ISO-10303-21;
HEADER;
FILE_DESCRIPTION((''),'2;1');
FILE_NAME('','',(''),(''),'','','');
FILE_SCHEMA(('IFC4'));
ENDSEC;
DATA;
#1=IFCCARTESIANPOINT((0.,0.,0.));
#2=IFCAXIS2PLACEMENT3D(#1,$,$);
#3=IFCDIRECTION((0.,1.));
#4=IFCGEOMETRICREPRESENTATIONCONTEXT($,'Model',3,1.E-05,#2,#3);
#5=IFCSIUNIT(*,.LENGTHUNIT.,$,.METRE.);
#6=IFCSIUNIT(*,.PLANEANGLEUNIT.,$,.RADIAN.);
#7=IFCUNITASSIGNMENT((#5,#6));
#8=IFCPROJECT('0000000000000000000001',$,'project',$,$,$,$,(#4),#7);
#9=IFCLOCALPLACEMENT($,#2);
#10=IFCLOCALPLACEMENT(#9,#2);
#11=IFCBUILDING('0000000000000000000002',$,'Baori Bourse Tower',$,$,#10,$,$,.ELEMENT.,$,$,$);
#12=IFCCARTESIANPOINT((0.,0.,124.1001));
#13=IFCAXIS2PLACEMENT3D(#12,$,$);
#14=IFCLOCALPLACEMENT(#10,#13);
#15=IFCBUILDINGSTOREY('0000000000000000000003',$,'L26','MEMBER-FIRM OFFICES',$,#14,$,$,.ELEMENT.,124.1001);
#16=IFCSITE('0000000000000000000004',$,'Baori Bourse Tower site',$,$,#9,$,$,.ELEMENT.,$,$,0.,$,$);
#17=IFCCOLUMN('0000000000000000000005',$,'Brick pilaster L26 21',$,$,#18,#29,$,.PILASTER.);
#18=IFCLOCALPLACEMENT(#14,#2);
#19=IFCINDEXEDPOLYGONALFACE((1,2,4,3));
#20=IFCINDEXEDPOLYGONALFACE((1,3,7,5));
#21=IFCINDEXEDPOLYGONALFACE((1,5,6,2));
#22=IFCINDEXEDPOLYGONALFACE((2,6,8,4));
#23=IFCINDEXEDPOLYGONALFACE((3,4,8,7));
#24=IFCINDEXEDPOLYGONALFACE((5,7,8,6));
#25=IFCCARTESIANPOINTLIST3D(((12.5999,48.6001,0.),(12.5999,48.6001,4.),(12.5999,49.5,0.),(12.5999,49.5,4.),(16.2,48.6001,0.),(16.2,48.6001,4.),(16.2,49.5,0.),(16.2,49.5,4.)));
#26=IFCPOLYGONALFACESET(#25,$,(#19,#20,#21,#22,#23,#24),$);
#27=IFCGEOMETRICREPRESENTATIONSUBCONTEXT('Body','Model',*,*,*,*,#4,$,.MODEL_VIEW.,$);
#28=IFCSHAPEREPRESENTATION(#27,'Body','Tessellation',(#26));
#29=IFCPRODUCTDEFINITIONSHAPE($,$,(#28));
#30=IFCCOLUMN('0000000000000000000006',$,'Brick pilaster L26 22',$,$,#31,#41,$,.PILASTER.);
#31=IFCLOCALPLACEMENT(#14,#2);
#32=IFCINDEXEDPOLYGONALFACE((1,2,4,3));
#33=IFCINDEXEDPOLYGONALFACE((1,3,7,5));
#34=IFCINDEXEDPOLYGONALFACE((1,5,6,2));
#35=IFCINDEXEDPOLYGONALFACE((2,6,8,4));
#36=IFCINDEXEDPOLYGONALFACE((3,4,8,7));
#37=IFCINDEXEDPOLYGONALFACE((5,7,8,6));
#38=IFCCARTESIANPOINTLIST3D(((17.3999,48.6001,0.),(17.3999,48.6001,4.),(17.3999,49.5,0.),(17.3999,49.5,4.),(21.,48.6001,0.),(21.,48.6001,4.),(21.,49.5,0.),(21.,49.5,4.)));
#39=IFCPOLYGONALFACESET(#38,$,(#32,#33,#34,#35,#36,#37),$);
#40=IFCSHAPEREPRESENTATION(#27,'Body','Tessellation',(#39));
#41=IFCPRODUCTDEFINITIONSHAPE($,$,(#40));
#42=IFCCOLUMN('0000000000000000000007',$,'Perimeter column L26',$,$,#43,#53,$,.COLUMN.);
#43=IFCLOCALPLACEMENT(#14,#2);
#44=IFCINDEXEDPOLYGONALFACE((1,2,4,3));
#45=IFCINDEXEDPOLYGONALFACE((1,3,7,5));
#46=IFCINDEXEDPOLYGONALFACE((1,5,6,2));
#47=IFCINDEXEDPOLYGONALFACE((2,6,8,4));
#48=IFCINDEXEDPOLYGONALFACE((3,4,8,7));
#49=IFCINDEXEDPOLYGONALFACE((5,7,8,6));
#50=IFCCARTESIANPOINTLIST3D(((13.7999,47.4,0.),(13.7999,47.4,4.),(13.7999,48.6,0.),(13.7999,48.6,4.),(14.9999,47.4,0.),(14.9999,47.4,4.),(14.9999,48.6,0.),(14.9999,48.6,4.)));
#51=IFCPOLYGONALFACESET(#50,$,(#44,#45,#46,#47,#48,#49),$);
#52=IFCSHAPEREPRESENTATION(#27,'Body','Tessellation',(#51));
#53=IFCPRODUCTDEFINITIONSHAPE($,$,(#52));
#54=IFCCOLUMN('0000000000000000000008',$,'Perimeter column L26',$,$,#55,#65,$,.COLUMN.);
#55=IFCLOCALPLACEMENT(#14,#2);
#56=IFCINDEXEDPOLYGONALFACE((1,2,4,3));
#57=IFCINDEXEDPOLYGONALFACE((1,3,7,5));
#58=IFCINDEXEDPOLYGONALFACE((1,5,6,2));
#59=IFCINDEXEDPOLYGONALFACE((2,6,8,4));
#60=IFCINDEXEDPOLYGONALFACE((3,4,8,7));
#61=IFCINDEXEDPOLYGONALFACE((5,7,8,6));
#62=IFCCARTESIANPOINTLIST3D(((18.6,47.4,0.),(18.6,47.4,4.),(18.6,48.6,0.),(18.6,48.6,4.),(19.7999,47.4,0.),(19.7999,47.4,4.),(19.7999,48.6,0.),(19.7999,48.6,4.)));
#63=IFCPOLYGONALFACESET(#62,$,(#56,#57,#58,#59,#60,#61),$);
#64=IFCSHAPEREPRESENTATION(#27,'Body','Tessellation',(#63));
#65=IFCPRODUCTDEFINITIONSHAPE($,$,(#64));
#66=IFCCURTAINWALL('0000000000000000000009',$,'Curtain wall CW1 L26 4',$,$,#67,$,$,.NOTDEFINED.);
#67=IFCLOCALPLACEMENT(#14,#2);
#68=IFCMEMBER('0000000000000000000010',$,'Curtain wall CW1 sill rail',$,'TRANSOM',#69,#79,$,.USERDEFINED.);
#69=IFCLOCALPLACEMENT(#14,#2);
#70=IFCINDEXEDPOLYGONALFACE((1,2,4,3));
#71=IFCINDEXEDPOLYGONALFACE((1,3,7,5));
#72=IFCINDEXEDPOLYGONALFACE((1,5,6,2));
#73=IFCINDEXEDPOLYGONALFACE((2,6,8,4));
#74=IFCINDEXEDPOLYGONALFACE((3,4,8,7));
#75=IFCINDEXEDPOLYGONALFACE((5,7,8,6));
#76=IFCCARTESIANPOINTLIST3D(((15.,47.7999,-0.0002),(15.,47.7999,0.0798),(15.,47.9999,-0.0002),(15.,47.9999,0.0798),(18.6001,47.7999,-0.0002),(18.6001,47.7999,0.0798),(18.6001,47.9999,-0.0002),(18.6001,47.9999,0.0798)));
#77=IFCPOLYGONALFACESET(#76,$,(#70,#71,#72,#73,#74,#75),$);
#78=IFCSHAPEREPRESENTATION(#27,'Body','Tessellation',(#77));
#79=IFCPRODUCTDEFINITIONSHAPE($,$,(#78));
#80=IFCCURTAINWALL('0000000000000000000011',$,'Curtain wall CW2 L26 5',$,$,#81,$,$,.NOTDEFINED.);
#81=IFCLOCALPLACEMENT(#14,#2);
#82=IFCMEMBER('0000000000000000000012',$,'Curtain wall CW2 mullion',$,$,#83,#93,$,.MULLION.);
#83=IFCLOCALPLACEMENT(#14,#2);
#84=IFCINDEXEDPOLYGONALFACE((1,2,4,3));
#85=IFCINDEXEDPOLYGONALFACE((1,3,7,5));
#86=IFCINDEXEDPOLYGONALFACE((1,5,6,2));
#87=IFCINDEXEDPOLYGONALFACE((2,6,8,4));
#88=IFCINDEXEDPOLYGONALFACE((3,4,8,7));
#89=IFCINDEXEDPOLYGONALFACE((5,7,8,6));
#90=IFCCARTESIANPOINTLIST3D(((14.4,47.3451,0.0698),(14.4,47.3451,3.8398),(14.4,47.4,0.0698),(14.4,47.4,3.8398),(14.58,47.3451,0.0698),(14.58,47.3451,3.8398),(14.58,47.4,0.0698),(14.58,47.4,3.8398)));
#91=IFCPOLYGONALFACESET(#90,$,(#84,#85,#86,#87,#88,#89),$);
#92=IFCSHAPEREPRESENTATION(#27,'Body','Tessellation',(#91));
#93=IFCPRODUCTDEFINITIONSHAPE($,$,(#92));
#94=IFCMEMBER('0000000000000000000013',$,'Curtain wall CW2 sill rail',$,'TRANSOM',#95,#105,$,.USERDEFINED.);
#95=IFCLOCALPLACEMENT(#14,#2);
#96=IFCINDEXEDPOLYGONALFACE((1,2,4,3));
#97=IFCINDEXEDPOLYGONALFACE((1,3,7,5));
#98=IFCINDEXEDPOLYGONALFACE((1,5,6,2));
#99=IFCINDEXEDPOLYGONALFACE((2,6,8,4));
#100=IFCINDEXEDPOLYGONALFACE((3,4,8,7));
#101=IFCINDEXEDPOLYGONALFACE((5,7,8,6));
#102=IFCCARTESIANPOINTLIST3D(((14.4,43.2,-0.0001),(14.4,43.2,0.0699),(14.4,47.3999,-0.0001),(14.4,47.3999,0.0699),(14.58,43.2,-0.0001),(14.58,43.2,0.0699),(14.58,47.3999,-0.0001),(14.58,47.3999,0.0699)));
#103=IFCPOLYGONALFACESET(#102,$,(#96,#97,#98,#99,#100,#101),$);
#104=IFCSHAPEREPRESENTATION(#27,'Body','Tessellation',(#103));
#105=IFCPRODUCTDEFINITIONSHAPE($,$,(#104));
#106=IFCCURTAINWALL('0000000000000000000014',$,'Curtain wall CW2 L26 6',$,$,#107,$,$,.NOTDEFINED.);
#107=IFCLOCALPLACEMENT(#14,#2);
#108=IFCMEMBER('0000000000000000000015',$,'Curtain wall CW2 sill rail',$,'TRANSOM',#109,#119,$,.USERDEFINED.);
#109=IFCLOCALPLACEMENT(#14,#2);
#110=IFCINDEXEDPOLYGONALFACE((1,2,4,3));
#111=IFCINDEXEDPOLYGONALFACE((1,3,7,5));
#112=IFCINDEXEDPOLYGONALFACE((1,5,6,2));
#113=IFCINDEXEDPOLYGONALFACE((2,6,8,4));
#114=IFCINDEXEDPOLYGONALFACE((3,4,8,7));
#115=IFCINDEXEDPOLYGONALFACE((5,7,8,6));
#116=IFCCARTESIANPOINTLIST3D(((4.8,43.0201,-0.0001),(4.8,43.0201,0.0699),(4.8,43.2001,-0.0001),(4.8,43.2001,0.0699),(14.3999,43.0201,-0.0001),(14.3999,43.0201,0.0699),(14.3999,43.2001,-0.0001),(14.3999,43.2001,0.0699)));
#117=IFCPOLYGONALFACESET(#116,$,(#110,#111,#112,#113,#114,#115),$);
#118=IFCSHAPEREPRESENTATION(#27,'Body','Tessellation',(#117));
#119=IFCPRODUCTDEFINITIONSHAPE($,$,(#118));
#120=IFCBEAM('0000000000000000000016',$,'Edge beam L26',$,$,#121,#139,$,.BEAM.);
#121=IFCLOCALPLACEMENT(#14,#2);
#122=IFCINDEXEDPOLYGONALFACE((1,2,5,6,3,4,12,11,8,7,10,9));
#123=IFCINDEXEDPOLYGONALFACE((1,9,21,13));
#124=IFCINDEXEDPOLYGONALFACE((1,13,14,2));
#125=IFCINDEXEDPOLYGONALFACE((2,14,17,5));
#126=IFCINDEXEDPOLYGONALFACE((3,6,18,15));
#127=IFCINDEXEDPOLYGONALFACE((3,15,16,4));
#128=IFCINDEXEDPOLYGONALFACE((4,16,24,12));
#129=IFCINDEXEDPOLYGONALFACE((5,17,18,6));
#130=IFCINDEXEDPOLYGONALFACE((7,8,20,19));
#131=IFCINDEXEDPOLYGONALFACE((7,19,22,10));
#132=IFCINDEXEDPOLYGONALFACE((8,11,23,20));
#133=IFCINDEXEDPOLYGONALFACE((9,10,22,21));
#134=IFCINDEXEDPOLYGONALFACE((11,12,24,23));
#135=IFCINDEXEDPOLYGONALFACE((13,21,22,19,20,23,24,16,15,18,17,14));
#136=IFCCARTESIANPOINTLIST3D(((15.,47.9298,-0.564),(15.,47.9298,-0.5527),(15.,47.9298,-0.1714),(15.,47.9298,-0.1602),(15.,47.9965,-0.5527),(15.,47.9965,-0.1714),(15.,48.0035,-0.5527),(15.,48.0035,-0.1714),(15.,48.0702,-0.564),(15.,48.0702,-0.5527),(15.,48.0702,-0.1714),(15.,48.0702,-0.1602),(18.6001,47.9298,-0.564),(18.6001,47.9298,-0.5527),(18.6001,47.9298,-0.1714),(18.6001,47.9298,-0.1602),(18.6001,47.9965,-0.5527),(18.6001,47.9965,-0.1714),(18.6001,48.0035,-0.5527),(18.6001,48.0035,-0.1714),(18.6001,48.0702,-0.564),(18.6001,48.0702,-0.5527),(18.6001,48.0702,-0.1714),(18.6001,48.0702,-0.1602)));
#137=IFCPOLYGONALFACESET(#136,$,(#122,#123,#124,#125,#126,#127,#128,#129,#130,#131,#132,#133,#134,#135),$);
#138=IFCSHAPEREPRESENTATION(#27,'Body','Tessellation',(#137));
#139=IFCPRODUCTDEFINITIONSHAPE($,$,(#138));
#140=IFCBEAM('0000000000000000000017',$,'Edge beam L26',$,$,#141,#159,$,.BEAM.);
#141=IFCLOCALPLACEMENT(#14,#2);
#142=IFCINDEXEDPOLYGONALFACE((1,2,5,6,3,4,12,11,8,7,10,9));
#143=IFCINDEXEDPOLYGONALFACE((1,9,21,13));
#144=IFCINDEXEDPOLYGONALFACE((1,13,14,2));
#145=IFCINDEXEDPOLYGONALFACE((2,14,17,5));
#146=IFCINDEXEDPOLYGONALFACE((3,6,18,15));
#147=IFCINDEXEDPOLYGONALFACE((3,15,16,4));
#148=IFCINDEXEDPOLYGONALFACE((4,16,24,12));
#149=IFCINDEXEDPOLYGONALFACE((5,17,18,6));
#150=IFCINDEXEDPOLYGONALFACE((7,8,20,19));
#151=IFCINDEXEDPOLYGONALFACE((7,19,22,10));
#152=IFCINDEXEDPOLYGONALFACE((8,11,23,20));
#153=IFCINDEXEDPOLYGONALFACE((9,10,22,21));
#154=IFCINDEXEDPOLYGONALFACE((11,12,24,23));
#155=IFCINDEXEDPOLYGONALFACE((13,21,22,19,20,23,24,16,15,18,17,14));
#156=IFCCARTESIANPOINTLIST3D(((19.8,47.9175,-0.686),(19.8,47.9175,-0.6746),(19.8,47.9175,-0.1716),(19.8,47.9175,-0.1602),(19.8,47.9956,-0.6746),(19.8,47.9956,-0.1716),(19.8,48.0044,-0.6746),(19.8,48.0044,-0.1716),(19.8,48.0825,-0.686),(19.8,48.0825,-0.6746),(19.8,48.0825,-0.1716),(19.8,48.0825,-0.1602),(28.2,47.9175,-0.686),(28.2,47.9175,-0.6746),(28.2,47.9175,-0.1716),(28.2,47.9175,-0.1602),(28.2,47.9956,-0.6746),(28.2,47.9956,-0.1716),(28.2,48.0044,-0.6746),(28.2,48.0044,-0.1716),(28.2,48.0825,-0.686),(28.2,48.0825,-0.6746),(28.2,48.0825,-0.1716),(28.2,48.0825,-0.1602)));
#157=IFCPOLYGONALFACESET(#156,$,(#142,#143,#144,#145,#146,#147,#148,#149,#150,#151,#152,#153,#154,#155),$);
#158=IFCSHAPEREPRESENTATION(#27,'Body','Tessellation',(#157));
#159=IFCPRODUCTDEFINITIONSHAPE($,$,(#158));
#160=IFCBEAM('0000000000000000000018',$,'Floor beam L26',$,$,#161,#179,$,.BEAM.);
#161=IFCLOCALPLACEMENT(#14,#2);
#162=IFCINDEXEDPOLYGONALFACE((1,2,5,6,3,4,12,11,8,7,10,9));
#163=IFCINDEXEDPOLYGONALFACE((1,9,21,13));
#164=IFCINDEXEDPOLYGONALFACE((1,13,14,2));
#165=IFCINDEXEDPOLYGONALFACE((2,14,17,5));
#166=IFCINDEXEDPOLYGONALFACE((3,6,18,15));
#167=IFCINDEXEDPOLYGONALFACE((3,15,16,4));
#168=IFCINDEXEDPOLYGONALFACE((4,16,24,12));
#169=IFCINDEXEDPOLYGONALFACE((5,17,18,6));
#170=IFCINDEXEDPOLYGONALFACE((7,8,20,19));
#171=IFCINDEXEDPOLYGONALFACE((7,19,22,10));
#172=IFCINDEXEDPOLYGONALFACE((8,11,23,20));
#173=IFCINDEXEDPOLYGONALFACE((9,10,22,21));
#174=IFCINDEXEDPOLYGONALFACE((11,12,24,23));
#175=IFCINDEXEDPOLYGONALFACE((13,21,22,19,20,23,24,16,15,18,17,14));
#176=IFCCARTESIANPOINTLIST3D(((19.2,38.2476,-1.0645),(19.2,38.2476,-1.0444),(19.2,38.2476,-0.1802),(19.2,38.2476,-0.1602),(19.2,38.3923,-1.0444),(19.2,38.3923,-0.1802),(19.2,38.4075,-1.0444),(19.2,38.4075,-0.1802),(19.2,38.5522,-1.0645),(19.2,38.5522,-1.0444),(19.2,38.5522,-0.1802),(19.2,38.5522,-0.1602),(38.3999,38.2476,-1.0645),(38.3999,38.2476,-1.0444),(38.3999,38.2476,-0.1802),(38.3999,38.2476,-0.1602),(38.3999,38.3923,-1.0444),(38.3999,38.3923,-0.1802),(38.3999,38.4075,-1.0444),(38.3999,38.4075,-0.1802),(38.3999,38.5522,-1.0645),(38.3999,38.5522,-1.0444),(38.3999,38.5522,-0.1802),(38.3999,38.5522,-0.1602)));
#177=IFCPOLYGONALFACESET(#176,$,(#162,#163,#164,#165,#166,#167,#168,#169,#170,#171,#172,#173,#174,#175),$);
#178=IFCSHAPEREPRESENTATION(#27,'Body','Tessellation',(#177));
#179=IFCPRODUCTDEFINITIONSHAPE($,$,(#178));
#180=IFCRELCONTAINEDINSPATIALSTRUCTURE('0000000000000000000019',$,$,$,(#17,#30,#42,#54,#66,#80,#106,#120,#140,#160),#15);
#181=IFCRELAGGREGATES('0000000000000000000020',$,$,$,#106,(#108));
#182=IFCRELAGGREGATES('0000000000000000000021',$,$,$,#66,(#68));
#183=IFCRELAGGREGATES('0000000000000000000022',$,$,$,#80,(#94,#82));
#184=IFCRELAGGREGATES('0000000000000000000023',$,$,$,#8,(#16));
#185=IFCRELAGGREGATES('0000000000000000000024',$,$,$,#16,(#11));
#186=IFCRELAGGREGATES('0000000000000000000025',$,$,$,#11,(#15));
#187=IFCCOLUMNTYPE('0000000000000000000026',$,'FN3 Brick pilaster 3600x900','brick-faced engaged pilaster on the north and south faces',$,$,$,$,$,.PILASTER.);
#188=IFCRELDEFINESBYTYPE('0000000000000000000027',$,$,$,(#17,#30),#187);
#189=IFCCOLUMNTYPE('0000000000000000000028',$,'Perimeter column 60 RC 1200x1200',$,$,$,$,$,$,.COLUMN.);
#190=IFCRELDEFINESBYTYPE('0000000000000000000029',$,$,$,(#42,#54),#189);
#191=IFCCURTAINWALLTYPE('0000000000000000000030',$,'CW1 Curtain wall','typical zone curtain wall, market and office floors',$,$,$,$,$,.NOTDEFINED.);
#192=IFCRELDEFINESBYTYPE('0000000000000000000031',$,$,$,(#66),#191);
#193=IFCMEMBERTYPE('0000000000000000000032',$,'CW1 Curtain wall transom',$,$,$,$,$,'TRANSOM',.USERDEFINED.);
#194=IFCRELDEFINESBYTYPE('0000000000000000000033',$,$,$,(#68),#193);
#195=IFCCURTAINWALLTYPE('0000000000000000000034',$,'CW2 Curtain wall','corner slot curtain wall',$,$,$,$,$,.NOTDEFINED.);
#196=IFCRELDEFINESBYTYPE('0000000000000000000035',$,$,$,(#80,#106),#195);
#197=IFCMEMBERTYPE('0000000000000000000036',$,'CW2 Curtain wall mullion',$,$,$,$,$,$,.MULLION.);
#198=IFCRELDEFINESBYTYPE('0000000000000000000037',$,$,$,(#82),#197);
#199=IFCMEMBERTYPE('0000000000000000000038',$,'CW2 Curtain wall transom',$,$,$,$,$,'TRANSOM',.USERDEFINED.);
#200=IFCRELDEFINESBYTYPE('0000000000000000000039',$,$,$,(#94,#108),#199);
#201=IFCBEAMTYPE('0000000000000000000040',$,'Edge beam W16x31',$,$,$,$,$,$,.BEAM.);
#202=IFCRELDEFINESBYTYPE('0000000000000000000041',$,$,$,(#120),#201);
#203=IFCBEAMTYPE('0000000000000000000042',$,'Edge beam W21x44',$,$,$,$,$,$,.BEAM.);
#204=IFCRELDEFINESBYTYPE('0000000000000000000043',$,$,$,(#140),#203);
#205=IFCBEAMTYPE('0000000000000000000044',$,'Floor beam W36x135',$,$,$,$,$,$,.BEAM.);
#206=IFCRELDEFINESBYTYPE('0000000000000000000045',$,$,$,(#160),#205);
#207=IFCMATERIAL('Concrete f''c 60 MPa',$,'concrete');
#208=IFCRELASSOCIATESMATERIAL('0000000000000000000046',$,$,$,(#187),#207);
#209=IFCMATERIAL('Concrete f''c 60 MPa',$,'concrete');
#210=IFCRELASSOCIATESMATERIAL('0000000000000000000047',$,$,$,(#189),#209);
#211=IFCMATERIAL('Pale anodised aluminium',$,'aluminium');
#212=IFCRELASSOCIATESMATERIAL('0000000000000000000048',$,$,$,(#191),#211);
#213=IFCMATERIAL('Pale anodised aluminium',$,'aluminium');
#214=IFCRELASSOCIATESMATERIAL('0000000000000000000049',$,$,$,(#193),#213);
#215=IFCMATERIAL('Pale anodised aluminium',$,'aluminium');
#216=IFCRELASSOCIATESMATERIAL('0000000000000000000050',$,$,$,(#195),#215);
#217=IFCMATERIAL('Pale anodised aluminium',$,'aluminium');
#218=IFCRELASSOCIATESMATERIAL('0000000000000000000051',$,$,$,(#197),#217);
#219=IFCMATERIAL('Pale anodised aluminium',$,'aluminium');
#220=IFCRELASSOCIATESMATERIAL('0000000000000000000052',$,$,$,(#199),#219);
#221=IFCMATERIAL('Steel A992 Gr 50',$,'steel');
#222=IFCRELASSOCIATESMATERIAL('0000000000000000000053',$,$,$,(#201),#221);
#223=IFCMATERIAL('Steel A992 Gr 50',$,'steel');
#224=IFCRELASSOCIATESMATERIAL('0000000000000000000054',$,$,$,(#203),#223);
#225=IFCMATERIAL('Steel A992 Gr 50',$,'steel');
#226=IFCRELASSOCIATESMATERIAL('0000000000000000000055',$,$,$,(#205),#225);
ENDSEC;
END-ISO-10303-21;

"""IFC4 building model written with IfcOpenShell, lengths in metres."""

from ifc_helpers import new_model, si_unit, direction, frame, origin, origin_2d, place, context, subcontext, project, spatial, rectangle, i_section, extrude, material, material_profile, profile_set, type_object, element, aggregate, save


model = new_model("IFC4")

# Units and contexts
model_context = context("Model", 3, precision=1e-05, world=origin(), true_north=direction((0.0, 1.0)))
body_context = subcontext(model_context, "Body", "Model", "MODEL_VIEW")
ifc_project = project(units=[si_unit("LENGTHUNIT", "METRE"), si_unit("PLANEANGLEUNIT", "RADIAN")], contexts=[model_context])

# Site, building, storey
site_placement = place(None, origin())
site = spatial("IfcSite", under=ifc_project, at=site_placement, Name="Baori Bourse Tower site", CompositionType="ELEMENT", RefElevation=0.0)
building_placement = place(site_placement, origin())
building = spatial("IfcBuilding", under=site, at=building_placement, Name="Baori Bourse Tower", CompositionType="ELEMENT")
storey_placement = place(building_placement, frame((0.0, 0.0, 124.1001)))
storey = spatial("IfcBuildingStorey", under=building, at=storey_placement, Name="L26", Description="MEMBER-FIRM OFFICES", CompositionType="ELEMENT", Elevation=124.1001)

# Columns
ifc_material_1 = material(Name="Concrete f'c 60 MPa", Category="concrete")
ifc_material_profile_1 = material_profile(ifc_material_1, rectangle(XDim=3.6001, YDim=0.8999, at=origin_2d()), Name="RC 3600x900")
ifc_profile_set_1 = profile_set([ifc_material_profile_1], Name="Concrete f'c 60 MPa")
column_type_1 = type_object("IfcColumnType", Name="FN3 Brick pilaster 3600x900", Description="brick-faced engaged pilaster on the north and south faces", PredefinedType="PILASTER", material=ifc_profile_set_1)
for number, where, z_axis, x_axis, name in (
    (1, (14.3999, 49.05, 0.0), (0.0, 0.0, 1.0), (1.0, 0.0, 0.0), "Brick pilaster L26 21"),
    (2, (19.2, 49.05, 0.0), (0.0, 0.0, 1.0), (1.0, 0.0, 0.0), "Brick pilaster L26 22"),
):
    element("IfcColumn", number, at=place(storey_placement, frame(where, z_axis=z_axis, x_axis=x_axis)), inside=storey, type_object=column_type_1, Name=name, PredefinedType="PILASTER", context=body_context, shape_type="SweptSolid", body=[
        extrude(rectangle(XDim=3.6001, YDim=0.8999, at=origin_2d()), origin(), (0.0, 0.0, 1.0), 4.0),
    ])
ifc_material_2 = material(Name="Concrete f'c 60 MPa", Category="concrete")
ifc_material_profile_2 = material_profile(ifc_material_2, rectangle(XDim=1.2, YDim=1.2, at=origin_2d()), Name="RC 1200x1200")
ifc_profile_set_2 = profile_set([ifc_material_profile_2], Name="Concrete f'c 60 MPa")
column_type_2 = type_object("IfcColumnType", Name="Perimeter column 60 RC 1200x1200", PredefinedType="COLUMN", material=ifc_profile_set_2)
for number, where, z_axis, x_axis, name in (
    (3, (14.3999, 48.0, 0.0), (0.0, 0.0, 1.0), (1.0, 0.0, 0.0), "Perimeter column L26"),
    (4, (19.2, 48.0, 0.0), (0.0, 0.0, 1.0), (1.0, 0.0, 0.0), "Perimeter column L26"),
):
    element("IfcColumn", number, at=place(storey_placement, frame(where, z_axis=z_axis, x_axis=x_axis)), inside=storey, type_object=column_type_2, Name=name, PredefinedType="COLUMN", context=body_context, shape_type="SweptSolid", body=[
        extrude(rectangle(XDim=1.2, YDim=1.2, at=origin_2d()), origin(), (0.0, 0.0, 1.0), 4.0),
    ])

# Curtain wall, member
ifc_material_3 = material(Name="Pale anodised aluminium", Category="aluminium")
curtain_wall_type_1 = type_object("IfcCurtainWallType", Name="CW1 Curtain wall", Description="typical zone curtain wall, market and office floors", PredefinedType="NOTDEFINED", material=ifc_material_3)
curtain_wall_1_placement = place(storey_placement, origin())
curtain_wall_1 = element("IfcCurtainWall", 5, at=curtain_wall_1_placement, inside=storey, type_object=curtain_wall_type_1, Name="Curtain wall CW1 L26 4", PredefinedType="NOTDEFINED")
ifc_material_4 = material(Name="Pale anodised aluminium", Category="aluminium")
ifc_material_profile_3 = material_profile(ifc_material_4, rectangle(XDim=0.2, YDim=0.0801, at=origin_2d()), Name="Transom 80x200")
ifc_profile_set_3 = profile_set([ifc_material_profile_3], Name="Pale anodised aluminium")
member_type_1 = type_object("IfcMemberType", Name="CW1 Curtain wall transom", ElementType="TRANSOM", PredefinedType="USERDEFINED", material=ifc_profile_set_3)
member_1_placement = place(storey_placement, frame((18.6001, 47.8999, 0.0398), z_axis=(-1.0, 0.0, 0.0), x_axis=(0.0, -1.0, 0.0)))
member_1 = element("IfcMember", 6, at=member_1_placement, type_object=member_type_1, Name="Curtain wall CW1 sill rail", ObjectType="TRANSOM", PredefinedType="USERDEFINED", context=body_context, shape_type="SweptSolid", body=[
    extrude(rectangle(XDim=0.2, YDim=0.0801, at=origin_2d()), origin(), (0.0, 0.0, 1.0), 3.6001),
])

# Curtain wall, members
ifc_material_5 = material(Name="Pale anodised aluminium", Category="aluminium")
curtain_wall_type_2 = type_object("IfcCurtainWallType", Name="CW2 Curtain wall", Description="corner slot curtain wall", PredefinedType="NOTDEFINED", material=ifc_material_5)
curtain_wall_2_placement = place(storey_placement, origin())
curtain_wall_2 = element("IfcCurtainWall", 7, at=curtain_wall_2_placement, inside=storey, type_object=curtain_wall_type_2, Name="Curtain wall CW2 L26 5", PredefinedType="NOTDEFINED")
ifc_material_6 = material(Name="Pale anodised aluminium", Category="aluminium")
ifc_material_profile_4 = material_profile(ifc_material_6, rectangle(XDim=0.1799, YDim=0.0549, at=origin_2d()), Name="Mullion 55x180")
ifc_profile_set_4 = profile_set([ifc_material_profile_4], Name="Pale anodised aluminium")
member_type_2 = type_object("IfcMemberType", Name="CW2 Curtain wall mullion", PredefinedType="MULLION", material=ifc_profile_set_4)
member_2_placement = place(storey_placement, frame((14.49, 47.3726, 0.0698), z_axis=(0.0, 0.0, 1.0), x_axis=(1.0, 0.0, 0.0)))
member_2 = element("IfcMember", 8, at=member_2_placement, type_object=member_type_2, Name="Curtain wall CW2 mullion", PredefinedType="MULLION", context=body_context, shape_type="SweptSolid", body=[
    extrude(rectangle(XDim=0.1799, YDim=0.0549, at=origin_2d()), origin(), (0.0, 0.0, 1.0), 3.77),
])
ifc_material_7 = material(Name="Pale anodised aluminium", Category="aluminium")
ifc_material_profile_5 = material_profile(ifc_material_7, rectangle(XDim=0.1799, YDim=0.0701, at=origin_2d()), Name="Transom 70x180")
ifc_profile_set_5 = profile_set([ifc_material_profile_5], Name="Pale anodised aluminium")
member_type_3 = type_object("IfcMemberType", Name="CW2 Curtain wall transom", ElementType="TRANSOM", PredefinedType="USERDEFINED", material=ifc_profile_set_5)
member_3_placement = place(storey_placement, frame((14.49, 47.3999, 0.0349), z_axis=(0.0, -1.0, 0.0), x_axis=(1.0, 0.0, 0.0)))
member_3 = element("IfcMember", 9, at=member_3_placement, type_object=member_type_3, Name="Curtain wall CW2 sill rail", ObjectType="TRANSOM", PredefinedType="USERDEFINED", context=body_context, shape_type="SweptSolid", body=[
    extrude(rectangle(XDim=0.1799, YDim=0.0701, at=origin_2d()), origin(), (0.0, 0.0, 1.0), 4.2),
])

# Curtain wall, member
curtain_wall_3_placement = place(storey_placement, origin())
curtain_wall_3 = element("IfcCurtainWall", 10, at=curtain_wall_3_placement, inside=storey, type_object=curtain_wall_type_2, Name="Curtain wall CW2 L26 6", PredefinedType="NOTDEFINED")
member_4_placement = place(storey_placement, frame((14.3999, 43.1101, 0.0349), z_axis=(-1.0, 0.0, 0.0), x_axis=(0.0, -1.0, 0.0)))
member_4 = element("IfcMember", 11, at=member_4_placement, type_object=member_type_3, Name="Curtain wall CW2 sill rail", ObjectType="TRANSOM", PredefinedType="USERDEFINED", context=body_context, shape_type="SweptSolid", body=[
    extrude(rectangle(XDim=0.1799, YDim=0.0701, at=origin_2d()), origin(), (0.0, 0.0, 1.0), 9.5999),
])
aggregate(curtain_wall_3, [member_4])

# Beams
ifc_material_8 = material(Name="Steel A992 Gr 50", Category="steel")
ifc_material_profile_6 = material_profile(ifc_material_8, i_section(OverallWidth=0.1404, OverallDepth=0.4038, WebThickness=0.0071, FlangeThickness=0.0112, at=origin_2d()), Name="W16x31")
ifc_profile_set_6 = profile_set([ifc_material_profile_6], Name="Steel A992 Gr 50")
beam_type_1 = type_object("IfcBeamType", Name="Edge beam W16x31", PredefinedType="BEAM", material=ifc_profile_set_6)
beam_1_placement = place(storey_placement, frame((15.0, 48.0, -0.3621), z_axis=(1.0, 0.0, 0.0), x_axis=(0.0, 1.0, 0.0)))
element("IfcBeam", 12, at=beam_1_placement, inside=storey, type_object=beam_type_1, Name="Edge beam L26", PredefinedType="BEAM", context=body_context, shape_type="SweptSolid", body=[
    extrude(i_section(OverallWidth=0.1404, OverallDepth=0.4038, WebThickness=0.0071, FlangeThickness=0.0112, at=origin_2d()), origin(), (0.0, 0.0, 1.0), 3.6001),
])
ifc_material_9 = material(Name="Steel A992 Gr 50", Category="steel")
ifc_material_profile_7 = material_profile(ifc_material_9, i_section(OverallWidth=0.165, OverallDepth=0.5259, WebThickness=0.0088, FlangeThickness=0.0115, at=origin_2d()), Name="W21x44")
ifc_profile_set_7 = profile_set([ifc_material_profile_7], Name="Steel A992 Gr 50")
beam_type_2 = type_object("IfcBeamType", Name="Edge beam W21x44", PredefinedType="BEAM", material=ifc_profile_set_7)
beam_2_placement = place(storey_placement, frame((19.8, 48.0, -0.4231), z_axis=(1.0, 0.0, 0.0), x_axis=(0.0, 1.0, 0.0)))
element("IfcBeam", 13, at=beam_2_placement, inside=storey, type_object=beam_type_2, Name="Edge beam L26", PredefinedType="BEAM", context=body_context, shape_type="SweptSolid", body=[
    extrude(i_section(OverallWidth=0.165, OverallDepth=0.5259, WebThickness=0.0088, FlangeThickness=0.0115, at=origin_2d()), origin(), (0.0, 0.0, 1.0), 8.3999),
])
ifc_material_10 = material(Name="Steel A992 Gr 50", Category="steel")
ifc_material_profile_8 = material_profile(ifc_material_10, i_section(OverallWidth=0.3047, OverallDepth=0.9043, WebThickness=0.0151, FlangeThickness=0.02, at=origin_2d()), Name="W36x135")
ifc_profile_set_8 = profile_set([ifc_material_profile_8], Name="Steel A992 Gr 50")
beam_type_3 = type_object("IfcBeamType", Name="Floor beam W36x135", PredefinedType="BEAM", material=ifc_profile_set_8)
beam_3_placement = place(storey_placement, frame((19.2, 38.3999, -0.6123), z_axis=(1.0, 0.0, 0.0), x_axis=(0.0, 1.0, 0.0)))
element("IfcBeam", 14, at=beam_3_placement, inside=storey, type_object=beam_type_3, Name="Floor beam L26", PredefinedType="BEAM", context=body_context, shape_type="SweptSolid", body=[
    extrude(i_section(OverallWidth=0.3047, OverallDepth=0.9043, WebThickness=0.0151, FlangeThickness=0.02, at=origin_2d()), origin(), (0.0, 0.0, 1.0), 19.2),
])

aggregate(curtain_wall_1, [member_1])
aggregate(curtain_wall_2, [member_3, member_2])

save(model, "model.ifc")
